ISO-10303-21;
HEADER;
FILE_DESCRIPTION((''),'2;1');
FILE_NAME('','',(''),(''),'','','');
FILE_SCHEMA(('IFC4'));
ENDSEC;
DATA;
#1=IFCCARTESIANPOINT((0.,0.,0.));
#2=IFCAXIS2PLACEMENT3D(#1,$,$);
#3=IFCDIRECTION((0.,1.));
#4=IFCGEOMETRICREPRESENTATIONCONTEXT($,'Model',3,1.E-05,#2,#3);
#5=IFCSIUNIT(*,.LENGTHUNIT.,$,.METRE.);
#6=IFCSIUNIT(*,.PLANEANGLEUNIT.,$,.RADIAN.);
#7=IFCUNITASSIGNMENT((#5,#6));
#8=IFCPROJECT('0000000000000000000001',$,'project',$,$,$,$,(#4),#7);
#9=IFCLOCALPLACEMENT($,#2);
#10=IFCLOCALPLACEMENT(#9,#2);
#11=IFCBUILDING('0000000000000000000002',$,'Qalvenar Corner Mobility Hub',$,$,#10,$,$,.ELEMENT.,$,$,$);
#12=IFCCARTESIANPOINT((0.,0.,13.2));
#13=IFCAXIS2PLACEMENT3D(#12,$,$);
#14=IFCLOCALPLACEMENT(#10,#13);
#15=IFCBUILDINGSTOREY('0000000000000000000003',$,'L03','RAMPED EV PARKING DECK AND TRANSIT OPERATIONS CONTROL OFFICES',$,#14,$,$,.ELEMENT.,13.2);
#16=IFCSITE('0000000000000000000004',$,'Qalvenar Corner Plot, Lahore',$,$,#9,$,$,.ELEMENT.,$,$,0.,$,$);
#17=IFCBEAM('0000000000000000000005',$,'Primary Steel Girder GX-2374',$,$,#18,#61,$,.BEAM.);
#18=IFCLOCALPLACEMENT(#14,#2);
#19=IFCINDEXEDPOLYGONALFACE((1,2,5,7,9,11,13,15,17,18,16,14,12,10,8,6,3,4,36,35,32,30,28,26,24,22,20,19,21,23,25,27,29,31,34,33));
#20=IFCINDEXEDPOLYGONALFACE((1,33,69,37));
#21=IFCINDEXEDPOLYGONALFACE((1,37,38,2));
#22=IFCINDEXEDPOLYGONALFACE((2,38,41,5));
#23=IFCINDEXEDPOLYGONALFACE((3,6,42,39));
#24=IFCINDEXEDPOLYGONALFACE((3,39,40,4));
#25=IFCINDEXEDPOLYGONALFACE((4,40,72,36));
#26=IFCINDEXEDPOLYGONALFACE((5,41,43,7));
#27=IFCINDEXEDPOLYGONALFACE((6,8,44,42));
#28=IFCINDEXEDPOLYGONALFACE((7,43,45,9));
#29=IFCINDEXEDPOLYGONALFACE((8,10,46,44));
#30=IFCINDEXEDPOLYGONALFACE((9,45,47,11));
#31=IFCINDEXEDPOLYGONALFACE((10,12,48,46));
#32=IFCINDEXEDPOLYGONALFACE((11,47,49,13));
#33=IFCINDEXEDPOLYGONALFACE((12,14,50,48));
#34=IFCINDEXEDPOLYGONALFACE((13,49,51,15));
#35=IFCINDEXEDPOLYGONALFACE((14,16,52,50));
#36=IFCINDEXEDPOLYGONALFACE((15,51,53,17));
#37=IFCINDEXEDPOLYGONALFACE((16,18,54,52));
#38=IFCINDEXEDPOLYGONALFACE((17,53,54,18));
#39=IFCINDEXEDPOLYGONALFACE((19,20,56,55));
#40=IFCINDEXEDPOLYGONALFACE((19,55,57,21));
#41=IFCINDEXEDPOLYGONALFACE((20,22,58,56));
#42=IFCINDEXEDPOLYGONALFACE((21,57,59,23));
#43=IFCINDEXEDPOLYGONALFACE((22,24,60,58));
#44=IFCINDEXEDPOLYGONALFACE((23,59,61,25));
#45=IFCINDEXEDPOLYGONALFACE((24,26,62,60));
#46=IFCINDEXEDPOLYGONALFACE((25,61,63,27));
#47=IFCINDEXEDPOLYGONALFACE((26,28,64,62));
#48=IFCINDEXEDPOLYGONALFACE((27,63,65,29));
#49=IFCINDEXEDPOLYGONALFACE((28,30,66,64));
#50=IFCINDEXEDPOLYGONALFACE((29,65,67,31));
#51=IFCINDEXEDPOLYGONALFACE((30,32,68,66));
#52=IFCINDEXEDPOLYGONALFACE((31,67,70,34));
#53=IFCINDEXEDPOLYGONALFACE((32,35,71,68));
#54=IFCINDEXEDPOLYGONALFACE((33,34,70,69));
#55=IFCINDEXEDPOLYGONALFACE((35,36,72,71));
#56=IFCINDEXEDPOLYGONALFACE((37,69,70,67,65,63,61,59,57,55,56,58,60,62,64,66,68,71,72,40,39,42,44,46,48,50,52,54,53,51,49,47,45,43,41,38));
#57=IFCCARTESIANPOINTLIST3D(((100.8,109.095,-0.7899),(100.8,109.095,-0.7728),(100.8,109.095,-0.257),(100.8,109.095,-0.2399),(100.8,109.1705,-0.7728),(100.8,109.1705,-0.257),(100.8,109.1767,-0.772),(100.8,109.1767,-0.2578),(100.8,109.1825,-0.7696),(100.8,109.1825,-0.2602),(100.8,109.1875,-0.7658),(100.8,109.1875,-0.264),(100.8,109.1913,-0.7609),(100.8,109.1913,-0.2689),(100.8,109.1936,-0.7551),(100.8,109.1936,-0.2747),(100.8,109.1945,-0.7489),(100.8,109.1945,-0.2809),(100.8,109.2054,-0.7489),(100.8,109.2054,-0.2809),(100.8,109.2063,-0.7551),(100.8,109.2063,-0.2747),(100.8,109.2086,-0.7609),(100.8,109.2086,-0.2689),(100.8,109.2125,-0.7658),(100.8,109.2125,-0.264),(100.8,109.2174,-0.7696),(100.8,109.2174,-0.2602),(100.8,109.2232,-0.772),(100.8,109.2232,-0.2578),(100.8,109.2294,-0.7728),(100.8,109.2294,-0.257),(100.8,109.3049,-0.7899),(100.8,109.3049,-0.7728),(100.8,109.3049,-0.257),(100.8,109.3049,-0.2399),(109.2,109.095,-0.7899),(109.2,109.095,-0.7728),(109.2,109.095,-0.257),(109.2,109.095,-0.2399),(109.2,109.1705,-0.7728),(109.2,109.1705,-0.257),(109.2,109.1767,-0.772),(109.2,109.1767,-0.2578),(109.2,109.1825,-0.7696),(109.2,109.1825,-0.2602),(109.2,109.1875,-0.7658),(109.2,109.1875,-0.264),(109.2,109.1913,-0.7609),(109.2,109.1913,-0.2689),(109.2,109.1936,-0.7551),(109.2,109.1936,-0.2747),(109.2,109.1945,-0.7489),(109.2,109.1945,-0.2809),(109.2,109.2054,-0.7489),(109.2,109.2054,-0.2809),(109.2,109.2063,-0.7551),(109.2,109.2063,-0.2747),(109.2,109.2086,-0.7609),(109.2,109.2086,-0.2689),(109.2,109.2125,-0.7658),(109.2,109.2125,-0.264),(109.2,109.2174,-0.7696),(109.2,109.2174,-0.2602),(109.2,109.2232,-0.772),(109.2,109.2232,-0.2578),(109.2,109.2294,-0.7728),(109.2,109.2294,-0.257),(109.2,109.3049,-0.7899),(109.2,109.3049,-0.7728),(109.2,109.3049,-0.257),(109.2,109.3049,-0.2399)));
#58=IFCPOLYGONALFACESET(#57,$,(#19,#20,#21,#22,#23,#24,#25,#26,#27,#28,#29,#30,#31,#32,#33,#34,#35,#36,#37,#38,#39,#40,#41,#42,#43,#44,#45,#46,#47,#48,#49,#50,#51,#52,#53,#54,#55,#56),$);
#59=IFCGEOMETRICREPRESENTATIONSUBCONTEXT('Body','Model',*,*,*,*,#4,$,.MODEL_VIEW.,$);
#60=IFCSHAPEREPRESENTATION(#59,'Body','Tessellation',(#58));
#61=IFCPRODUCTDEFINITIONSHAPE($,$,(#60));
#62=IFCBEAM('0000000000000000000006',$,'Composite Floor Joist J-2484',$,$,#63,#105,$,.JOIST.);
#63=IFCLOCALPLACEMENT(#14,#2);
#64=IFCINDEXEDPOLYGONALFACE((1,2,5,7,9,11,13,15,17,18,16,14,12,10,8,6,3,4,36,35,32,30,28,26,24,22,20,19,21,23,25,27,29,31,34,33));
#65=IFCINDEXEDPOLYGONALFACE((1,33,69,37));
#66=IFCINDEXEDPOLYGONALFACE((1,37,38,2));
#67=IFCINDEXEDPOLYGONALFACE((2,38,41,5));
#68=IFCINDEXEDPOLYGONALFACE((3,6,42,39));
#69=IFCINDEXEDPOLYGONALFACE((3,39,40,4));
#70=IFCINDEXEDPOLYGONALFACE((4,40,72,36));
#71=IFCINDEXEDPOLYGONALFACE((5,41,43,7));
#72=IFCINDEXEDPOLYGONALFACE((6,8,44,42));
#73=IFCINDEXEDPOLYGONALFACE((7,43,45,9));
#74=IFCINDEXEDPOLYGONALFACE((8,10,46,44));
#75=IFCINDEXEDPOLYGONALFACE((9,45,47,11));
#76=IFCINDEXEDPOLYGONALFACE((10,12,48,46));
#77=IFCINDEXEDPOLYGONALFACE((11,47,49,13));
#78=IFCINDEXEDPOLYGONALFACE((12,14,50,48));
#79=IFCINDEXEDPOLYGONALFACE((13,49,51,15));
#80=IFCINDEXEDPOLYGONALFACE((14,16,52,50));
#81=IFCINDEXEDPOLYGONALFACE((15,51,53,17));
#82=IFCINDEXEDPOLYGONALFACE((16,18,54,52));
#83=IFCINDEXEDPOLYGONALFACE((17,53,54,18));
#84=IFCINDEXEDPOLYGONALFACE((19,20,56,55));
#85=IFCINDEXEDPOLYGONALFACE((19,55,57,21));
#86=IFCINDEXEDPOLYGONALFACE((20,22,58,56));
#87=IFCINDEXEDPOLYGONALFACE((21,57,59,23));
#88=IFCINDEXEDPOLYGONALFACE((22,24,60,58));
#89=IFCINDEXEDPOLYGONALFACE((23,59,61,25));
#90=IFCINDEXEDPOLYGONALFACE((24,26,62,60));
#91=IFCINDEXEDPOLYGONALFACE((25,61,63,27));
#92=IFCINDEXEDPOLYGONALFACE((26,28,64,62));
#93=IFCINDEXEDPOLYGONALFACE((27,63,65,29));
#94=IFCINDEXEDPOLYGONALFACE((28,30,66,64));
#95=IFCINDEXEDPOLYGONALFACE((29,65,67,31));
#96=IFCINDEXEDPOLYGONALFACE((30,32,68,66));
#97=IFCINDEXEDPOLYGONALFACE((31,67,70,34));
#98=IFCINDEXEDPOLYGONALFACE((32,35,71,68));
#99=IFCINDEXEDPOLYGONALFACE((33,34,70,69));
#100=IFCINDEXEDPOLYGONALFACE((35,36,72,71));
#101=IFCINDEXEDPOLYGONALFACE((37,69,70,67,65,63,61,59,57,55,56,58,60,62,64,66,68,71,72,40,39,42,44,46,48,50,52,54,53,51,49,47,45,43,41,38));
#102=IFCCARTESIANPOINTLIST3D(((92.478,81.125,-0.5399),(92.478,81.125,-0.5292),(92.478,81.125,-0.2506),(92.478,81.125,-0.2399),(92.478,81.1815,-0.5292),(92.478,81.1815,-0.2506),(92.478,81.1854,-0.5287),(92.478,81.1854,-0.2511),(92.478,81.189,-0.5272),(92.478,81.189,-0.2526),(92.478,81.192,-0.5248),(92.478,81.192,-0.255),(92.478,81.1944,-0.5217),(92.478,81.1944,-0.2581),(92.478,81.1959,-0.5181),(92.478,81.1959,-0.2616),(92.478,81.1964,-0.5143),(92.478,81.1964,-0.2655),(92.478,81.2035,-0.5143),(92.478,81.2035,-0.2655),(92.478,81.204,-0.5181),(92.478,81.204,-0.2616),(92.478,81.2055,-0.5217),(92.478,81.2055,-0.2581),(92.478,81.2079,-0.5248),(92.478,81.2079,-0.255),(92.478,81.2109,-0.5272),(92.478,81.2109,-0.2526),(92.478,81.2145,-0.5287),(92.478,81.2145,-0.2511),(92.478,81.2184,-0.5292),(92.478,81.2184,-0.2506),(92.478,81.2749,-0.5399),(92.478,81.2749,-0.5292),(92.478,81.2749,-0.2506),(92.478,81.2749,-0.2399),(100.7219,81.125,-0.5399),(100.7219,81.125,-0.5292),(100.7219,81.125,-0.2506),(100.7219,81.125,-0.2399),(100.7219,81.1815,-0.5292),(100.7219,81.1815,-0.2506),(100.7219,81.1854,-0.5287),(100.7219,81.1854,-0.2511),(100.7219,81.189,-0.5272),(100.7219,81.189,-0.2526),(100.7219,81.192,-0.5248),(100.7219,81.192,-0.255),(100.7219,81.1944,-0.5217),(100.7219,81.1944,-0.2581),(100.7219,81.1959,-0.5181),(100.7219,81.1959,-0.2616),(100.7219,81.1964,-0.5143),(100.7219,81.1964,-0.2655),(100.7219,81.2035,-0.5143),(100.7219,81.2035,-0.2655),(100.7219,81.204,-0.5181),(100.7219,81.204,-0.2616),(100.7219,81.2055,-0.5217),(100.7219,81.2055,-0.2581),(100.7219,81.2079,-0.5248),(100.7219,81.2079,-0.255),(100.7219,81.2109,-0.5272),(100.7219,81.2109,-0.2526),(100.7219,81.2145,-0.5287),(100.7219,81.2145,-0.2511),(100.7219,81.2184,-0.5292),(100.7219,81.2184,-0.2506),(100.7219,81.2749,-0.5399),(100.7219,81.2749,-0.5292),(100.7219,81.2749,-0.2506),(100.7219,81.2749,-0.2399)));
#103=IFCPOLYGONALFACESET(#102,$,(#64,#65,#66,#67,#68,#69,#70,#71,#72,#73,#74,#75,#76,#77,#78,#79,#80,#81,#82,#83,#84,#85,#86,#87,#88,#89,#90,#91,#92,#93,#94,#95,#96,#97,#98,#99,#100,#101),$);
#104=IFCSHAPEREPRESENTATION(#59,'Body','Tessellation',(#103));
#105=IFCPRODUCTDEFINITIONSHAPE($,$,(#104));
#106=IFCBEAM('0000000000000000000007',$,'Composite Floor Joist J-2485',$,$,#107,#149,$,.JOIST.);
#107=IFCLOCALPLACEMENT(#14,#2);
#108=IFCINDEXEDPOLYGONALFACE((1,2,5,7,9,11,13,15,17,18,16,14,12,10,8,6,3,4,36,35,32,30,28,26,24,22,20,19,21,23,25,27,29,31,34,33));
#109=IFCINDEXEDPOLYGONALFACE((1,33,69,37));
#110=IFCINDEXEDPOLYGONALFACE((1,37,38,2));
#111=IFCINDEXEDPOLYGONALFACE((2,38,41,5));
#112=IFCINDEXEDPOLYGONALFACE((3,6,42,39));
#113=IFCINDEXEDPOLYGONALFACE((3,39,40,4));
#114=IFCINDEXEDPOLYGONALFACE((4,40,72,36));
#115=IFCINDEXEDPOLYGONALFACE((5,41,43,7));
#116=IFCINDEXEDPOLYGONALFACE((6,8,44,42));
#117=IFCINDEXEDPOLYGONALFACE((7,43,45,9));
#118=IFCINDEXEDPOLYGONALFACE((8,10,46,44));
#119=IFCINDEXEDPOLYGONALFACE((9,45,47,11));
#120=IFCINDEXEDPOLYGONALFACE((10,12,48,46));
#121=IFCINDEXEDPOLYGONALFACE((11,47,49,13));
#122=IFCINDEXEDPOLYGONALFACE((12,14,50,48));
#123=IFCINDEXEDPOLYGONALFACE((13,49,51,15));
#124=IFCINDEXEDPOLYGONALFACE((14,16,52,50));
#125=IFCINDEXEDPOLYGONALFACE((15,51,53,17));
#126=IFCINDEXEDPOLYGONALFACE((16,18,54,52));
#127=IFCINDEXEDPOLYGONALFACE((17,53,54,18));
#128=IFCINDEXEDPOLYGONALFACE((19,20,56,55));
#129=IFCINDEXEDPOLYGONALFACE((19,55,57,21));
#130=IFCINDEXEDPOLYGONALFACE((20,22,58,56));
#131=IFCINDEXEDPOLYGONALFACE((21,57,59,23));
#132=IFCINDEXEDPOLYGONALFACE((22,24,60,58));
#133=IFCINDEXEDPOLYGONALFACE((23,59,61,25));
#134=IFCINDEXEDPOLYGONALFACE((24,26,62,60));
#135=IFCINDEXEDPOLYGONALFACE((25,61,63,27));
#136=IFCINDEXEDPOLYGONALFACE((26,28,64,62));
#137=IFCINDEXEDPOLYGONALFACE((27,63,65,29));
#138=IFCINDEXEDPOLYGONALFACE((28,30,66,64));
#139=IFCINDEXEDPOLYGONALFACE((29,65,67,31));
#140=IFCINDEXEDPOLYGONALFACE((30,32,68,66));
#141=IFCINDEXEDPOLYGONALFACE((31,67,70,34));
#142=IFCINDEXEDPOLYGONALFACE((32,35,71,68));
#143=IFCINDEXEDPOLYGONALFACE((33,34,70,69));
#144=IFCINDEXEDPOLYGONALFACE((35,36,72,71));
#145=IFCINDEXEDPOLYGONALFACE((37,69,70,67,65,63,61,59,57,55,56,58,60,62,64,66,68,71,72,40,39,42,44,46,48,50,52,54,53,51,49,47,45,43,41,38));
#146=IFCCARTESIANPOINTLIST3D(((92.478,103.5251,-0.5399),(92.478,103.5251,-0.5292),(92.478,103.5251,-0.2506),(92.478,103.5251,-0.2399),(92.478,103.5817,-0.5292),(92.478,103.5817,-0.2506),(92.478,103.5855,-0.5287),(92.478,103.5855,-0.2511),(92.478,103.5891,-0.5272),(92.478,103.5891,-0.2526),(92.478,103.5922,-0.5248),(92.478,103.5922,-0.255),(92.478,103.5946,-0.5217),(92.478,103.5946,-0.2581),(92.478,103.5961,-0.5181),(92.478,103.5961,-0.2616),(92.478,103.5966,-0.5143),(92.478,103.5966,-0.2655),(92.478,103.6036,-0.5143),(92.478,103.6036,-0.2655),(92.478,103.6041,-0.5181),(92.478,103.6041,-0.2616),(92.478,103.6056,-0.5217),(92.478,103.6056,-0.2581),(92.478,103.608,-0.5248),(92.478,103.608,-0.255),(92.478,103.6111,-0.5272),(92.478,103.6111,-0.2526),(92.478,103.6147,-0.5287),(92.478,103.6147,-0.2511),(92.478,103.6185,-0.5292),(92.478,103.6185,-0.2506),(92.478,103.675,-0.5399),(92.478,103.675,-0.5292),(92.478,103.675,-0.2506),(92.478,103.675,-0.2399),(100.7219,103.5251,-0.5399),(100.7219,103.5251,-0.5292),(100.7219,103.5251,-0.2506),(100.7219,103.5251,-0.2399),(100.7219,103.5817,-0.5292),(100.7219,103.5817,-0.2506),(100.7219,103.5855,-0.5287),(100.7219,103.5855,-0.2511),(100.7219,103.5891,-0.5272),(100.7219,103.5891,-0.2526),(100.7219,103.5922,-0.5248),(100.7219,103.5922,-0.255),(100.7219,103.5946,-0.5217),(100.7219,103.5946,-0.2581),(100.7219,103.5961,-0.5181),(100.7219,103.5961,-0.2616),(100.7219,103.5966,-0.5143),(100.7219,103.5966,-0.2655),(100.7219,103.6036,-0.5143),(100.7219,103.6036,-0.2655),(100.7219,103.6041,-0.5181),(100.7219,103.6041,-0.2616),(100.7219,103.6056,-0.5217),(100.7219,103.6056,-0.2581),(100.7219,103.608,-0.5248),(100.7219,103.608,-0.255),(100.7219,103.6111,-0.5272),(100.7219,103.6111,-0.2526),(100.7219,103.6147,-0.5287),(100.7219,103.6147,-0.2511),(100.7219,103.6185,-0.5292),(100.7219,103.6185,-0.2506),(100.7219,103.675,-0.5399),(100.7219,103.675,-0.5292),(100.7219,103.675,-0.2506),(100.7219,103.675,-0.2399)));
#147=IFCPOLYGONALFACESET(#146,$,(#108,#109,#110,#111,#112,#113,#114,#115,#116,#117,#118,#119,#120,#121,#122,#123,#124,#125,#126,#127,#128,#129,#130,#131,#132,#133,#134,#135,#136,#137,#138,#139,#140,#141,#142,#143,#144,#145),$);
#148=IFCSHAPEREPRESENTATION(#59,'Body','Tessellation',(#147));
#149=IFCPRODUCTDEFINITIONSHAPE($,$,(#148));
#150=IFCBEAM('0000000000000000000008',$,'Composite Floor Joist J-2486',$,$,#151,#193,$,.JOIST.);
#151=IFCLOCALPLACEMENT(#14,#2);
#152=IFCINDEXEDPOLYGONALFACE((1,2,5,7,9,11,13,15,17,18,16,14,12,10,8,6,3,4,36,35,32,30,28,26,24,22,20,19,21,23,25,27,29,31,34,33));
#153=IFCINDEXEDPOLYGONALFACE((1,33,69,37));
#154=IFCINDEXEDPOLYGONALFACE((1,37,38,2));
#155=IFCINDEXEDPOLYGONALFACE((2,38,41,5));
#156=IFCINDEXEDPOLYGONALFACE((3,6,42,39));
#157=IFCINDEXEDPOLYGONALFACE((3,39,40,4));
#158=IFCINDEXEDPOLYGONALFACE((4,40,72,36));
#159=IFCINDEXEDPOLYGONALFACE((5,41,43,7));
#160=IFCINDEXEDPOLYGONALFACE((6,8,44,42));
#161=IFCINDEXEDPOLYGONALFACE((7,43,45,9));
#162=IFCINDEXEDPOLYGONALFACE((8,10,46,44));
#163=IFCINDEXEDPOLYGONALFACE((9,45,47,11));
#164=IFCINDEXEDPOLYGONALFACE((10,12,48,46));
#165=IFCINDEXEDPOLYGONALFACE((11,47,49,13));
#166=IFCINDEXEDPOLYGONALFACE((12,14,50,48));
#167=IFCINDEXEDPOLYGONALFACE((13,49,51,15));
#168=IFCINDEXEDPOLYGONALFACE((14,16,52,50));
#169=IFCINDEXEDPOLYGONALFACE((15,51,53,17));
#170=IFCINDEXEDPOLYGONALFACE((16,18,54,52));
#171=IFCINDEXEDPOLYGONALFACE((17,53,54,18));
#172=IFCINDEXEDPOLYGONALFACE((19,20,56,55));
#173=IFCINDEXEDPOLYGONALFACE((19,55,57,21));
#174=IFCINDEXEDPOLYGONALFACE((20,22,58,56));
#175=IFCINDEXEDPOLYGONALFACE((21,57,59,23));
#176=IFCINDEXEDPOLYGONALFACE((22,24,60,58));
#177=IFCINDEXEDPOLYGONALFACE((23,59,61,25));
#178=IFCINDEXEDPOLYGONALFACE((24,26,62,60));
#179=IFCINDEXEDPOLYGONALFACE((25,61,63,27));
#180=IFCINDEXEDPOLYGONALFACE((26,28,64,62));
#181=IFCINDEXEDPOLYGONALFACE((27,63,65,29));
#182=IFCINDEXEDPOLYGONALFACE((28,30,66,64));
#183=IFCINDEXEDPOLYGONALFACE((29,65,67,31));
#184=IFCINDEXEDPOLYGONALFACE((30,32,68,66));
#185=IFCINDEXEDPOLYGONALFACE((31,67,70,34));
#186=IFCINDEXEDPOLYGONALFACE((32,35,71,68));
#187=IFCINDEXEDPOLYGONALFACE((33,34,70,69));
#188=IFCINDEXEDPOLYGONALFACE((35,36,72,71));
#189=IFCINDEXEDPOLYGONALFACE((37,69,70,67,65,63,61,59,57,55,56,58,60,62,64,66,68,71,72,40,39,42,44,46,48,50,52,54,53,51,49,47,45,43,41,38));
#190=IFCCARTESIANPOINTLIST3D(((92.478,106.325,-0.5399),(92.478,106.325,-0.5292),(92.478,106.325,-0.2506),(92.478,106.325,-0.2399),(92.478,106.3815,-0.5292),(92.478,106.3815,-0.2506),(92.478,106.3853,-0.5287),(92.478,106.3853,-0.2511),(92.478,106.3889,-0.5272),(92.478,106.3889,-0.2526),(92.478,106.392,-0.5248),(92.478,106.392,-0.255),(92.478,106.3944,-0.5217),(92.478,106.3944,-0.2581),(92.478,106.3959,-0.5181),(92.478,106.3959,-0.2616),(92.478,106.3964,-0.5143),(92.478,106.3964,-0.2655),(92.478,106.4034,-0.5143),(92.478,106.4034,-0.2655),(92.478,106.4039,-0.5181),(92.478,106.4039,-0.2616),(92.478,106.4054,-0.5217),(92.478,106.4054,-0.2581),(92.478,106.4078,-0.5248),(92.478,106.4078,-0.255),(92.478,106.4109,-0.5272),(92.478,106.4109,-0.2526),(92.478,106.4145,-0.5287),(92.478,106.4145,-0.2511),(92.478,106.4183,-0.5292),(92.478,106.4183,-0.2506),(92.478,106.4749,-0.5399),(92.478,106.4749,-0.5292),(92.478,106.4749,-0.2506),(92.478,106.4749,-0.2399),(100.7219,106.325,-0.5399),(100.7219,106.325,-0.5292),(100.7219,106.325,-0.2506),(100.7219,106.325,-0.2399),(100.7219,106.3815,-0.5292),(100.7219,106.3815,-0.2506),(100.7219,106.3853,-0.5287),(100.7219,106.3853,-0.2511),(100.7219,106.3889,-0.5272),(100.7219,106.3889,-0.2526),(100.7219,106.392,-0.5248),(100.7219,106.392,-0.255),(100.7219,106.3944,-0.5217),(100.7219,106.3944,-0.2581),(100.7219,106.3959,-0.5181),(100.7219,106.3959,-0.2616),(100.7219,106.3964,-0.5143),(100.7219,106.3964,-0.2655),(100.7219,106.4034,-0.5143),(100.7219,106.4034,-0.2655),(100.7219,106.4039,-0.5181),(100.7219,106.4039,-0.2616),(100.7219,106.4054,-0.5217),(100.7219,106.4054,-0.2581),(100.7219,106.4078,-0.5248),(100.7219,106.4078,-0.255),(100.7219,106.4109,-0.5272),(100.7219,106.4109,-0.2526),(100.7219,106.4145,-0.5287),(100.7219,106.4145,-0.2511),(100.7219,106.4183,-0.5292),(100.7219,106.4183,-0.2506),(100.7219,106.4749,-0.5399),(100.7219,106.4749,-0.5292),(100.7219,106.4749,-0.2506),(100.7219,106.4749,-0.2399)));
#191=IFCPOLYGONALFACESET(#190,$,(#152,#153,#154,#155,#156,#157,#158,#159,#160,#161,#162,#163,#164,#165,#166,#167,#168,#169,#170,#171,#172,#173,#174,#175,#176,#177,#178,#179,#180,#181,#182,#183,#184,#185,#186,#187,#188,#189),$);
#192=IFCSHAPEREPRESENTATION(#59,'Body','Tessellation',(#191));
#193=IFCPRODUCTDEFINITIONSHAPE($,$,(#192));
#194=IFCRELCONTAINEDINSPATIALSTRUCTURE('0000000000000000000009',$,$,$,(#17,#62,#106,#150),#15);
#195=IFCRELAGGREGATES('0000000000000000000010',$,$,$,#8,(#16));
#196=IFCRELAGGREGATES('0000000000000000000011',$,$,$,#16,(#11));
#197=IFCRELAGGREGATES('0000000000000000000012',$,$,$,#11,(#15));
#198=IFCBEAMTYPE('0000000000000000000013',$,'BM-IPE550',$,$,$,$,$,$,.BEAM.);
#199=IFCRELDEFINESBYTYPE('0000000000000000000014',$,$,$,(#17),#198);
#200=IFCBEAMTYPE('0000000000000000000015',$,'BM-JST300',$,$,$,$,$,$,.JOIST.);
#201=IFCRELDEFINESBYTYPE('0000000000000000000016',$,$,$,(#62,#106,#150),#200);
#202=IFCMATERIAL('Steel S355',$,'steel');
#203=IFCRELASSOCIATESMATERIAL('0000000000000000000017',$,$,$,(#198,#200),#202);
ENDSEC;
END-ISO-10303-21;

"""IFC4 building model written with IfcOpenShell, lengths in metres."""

from ifc_helpers import new_model, si_unit, direction, frame, origin, origin_2d, place, context, subcontext, project, spatial, i_section, extrude, material, material_profile, profile_set, type_object, element, save


model = new_model("IFC4")

# Units and contexts
model_context = context("Model", 3, precision=1e-05, world=origin(), true_north=direction((0.0, 1.0)))
body_context = subcontext(model_context, "Body", "Model", "MODEL_VIEW")
ifc_project = project(units=[si_unit("LENGTHUNIT", "METRE"), si_unit("PLANEANGLEUNIT", "RADIAN")], contexts=[model_context])

# Site, building, storey
site_placement = place(None, origin())
site = spatial("IfcSite", under=ifc_project, at=site_placement, Name="Qalvenar Corner Plot, Lahore", CompositionType="ELEMENT", RefElevation=0.0)
building_placement = place(site_placement, origin())
building = spatial("IfcBuilding", under=site, at=building_placement, Name="Qalvenar Corner Mobility Hub", CompositionType="ELEMENT")
storey_placement = place(building_placement, frame((0.0, 0.0, 13.2)))
storey = spatial("IfcBuildingStorey", under=building, at=storey_placement, Name="L03", Description="RAMPED EV PARKING DECK AND TRANSIT OPERATIONS CONTROL OFFICES", CompositionType="ELEMENT", Elevation=13.2)

# Shared definitions
ifc_material = material(Name="Steel S355", Category="steel")

# Beams
ifc_material_profile_1 = material_profile(ifc_material, i_section(OverallWidth=0.21, OverallDepth=0.55, WebThickness=0.011, FlangeThickness=0.0171, FilletRadius=0.0239, at=origin_2d()), Name="IPE550")
ifc_profile_set_1 = profile_set([ifc_material_profile_1], Name="Steel S355")
beam_type_1 = type_object("IfcBeamType", Name="BM-IPE550", PredefinedType="BEAM", material=ifc_profile_set_1)
beam_1_placement = place(storey_placement, frame((100.8, 109.2, -0.5149), z_axis=(1.0, 0.0, 0.0), x_axis=(0.0, 1.0, 0.0)))
element("IfcBeam", 1, at=beam_1_placement, inside=storey, type_object=beam_type_1, Name="Primary Steel Girder GX-2374", PredefinedType="BEAM", context=body_context, shape_type="SweptSolid", body=[
    extrude(i_section(OverallWidth=0.21, OverallDepth=0.55, WebThickness=0.011, FlangeThickness=0.0171, FilletRadius=0.0239, at=origin_2d()), origin(), (0.0, 0.0, 1.0), 8.3999),
])
ifc_material_profile_2 = material_profile(ifc_material, i_section(OverallWidth=0.1499, OverallDepth=0.3, WebThickness=0.0071, FlangeThickness=0.0107, FilletRadius=0.0149, at=origin_2d()), Name="IPE300")
ifc_profile_set_2 = profile_set([ifc_material_profile_2], Name="Steel S355")
beam_type_2 = type_object("IfcBeamType", Name="BM-JST300", PredefinedType="JOIST", material=ifc_profile_set_2)
for number, where, z_axis, x_axis, name in (
    (2, (92.478, 81.2, -0.3899), (1.0, 0.0, 0.0), (0.0, 1.0, 0.0), "Composite Floor Joist J-2484"),
    (3, (92.478, 103.6001, -0.3899), (1.0, 0.0, 0.0), (0.0, 1.0, 0.0), "Composite Floor Joist J-2485"),
    (4, (92.478, 106.3999, -0.3899), (1.0, 0.0, 0.0), (0.0, 1.0, 0.0), "Composite Floor Joist J-2486"),
):
    element("IfcBeam", number, at=place(storey_placement, frame(where, z_axis=z_axis, x_axis=x_axis)), inside=storey, type_object=beam_type_2, Name=name, PredefinedType="JOIST", context=body_context, shape_type="SweptSolid", body=[
        extrude(i_section(OverallWidth=0.1499, OverallDepth=0.3, WebThickness=0.0071, FlangeThickness=0.0107, FilletRadius=0.0149, at=origin_2d()), origin(), (0.0, 0.0, 1.0), 8.2439),
    ])

save(model, "model.ifc")
